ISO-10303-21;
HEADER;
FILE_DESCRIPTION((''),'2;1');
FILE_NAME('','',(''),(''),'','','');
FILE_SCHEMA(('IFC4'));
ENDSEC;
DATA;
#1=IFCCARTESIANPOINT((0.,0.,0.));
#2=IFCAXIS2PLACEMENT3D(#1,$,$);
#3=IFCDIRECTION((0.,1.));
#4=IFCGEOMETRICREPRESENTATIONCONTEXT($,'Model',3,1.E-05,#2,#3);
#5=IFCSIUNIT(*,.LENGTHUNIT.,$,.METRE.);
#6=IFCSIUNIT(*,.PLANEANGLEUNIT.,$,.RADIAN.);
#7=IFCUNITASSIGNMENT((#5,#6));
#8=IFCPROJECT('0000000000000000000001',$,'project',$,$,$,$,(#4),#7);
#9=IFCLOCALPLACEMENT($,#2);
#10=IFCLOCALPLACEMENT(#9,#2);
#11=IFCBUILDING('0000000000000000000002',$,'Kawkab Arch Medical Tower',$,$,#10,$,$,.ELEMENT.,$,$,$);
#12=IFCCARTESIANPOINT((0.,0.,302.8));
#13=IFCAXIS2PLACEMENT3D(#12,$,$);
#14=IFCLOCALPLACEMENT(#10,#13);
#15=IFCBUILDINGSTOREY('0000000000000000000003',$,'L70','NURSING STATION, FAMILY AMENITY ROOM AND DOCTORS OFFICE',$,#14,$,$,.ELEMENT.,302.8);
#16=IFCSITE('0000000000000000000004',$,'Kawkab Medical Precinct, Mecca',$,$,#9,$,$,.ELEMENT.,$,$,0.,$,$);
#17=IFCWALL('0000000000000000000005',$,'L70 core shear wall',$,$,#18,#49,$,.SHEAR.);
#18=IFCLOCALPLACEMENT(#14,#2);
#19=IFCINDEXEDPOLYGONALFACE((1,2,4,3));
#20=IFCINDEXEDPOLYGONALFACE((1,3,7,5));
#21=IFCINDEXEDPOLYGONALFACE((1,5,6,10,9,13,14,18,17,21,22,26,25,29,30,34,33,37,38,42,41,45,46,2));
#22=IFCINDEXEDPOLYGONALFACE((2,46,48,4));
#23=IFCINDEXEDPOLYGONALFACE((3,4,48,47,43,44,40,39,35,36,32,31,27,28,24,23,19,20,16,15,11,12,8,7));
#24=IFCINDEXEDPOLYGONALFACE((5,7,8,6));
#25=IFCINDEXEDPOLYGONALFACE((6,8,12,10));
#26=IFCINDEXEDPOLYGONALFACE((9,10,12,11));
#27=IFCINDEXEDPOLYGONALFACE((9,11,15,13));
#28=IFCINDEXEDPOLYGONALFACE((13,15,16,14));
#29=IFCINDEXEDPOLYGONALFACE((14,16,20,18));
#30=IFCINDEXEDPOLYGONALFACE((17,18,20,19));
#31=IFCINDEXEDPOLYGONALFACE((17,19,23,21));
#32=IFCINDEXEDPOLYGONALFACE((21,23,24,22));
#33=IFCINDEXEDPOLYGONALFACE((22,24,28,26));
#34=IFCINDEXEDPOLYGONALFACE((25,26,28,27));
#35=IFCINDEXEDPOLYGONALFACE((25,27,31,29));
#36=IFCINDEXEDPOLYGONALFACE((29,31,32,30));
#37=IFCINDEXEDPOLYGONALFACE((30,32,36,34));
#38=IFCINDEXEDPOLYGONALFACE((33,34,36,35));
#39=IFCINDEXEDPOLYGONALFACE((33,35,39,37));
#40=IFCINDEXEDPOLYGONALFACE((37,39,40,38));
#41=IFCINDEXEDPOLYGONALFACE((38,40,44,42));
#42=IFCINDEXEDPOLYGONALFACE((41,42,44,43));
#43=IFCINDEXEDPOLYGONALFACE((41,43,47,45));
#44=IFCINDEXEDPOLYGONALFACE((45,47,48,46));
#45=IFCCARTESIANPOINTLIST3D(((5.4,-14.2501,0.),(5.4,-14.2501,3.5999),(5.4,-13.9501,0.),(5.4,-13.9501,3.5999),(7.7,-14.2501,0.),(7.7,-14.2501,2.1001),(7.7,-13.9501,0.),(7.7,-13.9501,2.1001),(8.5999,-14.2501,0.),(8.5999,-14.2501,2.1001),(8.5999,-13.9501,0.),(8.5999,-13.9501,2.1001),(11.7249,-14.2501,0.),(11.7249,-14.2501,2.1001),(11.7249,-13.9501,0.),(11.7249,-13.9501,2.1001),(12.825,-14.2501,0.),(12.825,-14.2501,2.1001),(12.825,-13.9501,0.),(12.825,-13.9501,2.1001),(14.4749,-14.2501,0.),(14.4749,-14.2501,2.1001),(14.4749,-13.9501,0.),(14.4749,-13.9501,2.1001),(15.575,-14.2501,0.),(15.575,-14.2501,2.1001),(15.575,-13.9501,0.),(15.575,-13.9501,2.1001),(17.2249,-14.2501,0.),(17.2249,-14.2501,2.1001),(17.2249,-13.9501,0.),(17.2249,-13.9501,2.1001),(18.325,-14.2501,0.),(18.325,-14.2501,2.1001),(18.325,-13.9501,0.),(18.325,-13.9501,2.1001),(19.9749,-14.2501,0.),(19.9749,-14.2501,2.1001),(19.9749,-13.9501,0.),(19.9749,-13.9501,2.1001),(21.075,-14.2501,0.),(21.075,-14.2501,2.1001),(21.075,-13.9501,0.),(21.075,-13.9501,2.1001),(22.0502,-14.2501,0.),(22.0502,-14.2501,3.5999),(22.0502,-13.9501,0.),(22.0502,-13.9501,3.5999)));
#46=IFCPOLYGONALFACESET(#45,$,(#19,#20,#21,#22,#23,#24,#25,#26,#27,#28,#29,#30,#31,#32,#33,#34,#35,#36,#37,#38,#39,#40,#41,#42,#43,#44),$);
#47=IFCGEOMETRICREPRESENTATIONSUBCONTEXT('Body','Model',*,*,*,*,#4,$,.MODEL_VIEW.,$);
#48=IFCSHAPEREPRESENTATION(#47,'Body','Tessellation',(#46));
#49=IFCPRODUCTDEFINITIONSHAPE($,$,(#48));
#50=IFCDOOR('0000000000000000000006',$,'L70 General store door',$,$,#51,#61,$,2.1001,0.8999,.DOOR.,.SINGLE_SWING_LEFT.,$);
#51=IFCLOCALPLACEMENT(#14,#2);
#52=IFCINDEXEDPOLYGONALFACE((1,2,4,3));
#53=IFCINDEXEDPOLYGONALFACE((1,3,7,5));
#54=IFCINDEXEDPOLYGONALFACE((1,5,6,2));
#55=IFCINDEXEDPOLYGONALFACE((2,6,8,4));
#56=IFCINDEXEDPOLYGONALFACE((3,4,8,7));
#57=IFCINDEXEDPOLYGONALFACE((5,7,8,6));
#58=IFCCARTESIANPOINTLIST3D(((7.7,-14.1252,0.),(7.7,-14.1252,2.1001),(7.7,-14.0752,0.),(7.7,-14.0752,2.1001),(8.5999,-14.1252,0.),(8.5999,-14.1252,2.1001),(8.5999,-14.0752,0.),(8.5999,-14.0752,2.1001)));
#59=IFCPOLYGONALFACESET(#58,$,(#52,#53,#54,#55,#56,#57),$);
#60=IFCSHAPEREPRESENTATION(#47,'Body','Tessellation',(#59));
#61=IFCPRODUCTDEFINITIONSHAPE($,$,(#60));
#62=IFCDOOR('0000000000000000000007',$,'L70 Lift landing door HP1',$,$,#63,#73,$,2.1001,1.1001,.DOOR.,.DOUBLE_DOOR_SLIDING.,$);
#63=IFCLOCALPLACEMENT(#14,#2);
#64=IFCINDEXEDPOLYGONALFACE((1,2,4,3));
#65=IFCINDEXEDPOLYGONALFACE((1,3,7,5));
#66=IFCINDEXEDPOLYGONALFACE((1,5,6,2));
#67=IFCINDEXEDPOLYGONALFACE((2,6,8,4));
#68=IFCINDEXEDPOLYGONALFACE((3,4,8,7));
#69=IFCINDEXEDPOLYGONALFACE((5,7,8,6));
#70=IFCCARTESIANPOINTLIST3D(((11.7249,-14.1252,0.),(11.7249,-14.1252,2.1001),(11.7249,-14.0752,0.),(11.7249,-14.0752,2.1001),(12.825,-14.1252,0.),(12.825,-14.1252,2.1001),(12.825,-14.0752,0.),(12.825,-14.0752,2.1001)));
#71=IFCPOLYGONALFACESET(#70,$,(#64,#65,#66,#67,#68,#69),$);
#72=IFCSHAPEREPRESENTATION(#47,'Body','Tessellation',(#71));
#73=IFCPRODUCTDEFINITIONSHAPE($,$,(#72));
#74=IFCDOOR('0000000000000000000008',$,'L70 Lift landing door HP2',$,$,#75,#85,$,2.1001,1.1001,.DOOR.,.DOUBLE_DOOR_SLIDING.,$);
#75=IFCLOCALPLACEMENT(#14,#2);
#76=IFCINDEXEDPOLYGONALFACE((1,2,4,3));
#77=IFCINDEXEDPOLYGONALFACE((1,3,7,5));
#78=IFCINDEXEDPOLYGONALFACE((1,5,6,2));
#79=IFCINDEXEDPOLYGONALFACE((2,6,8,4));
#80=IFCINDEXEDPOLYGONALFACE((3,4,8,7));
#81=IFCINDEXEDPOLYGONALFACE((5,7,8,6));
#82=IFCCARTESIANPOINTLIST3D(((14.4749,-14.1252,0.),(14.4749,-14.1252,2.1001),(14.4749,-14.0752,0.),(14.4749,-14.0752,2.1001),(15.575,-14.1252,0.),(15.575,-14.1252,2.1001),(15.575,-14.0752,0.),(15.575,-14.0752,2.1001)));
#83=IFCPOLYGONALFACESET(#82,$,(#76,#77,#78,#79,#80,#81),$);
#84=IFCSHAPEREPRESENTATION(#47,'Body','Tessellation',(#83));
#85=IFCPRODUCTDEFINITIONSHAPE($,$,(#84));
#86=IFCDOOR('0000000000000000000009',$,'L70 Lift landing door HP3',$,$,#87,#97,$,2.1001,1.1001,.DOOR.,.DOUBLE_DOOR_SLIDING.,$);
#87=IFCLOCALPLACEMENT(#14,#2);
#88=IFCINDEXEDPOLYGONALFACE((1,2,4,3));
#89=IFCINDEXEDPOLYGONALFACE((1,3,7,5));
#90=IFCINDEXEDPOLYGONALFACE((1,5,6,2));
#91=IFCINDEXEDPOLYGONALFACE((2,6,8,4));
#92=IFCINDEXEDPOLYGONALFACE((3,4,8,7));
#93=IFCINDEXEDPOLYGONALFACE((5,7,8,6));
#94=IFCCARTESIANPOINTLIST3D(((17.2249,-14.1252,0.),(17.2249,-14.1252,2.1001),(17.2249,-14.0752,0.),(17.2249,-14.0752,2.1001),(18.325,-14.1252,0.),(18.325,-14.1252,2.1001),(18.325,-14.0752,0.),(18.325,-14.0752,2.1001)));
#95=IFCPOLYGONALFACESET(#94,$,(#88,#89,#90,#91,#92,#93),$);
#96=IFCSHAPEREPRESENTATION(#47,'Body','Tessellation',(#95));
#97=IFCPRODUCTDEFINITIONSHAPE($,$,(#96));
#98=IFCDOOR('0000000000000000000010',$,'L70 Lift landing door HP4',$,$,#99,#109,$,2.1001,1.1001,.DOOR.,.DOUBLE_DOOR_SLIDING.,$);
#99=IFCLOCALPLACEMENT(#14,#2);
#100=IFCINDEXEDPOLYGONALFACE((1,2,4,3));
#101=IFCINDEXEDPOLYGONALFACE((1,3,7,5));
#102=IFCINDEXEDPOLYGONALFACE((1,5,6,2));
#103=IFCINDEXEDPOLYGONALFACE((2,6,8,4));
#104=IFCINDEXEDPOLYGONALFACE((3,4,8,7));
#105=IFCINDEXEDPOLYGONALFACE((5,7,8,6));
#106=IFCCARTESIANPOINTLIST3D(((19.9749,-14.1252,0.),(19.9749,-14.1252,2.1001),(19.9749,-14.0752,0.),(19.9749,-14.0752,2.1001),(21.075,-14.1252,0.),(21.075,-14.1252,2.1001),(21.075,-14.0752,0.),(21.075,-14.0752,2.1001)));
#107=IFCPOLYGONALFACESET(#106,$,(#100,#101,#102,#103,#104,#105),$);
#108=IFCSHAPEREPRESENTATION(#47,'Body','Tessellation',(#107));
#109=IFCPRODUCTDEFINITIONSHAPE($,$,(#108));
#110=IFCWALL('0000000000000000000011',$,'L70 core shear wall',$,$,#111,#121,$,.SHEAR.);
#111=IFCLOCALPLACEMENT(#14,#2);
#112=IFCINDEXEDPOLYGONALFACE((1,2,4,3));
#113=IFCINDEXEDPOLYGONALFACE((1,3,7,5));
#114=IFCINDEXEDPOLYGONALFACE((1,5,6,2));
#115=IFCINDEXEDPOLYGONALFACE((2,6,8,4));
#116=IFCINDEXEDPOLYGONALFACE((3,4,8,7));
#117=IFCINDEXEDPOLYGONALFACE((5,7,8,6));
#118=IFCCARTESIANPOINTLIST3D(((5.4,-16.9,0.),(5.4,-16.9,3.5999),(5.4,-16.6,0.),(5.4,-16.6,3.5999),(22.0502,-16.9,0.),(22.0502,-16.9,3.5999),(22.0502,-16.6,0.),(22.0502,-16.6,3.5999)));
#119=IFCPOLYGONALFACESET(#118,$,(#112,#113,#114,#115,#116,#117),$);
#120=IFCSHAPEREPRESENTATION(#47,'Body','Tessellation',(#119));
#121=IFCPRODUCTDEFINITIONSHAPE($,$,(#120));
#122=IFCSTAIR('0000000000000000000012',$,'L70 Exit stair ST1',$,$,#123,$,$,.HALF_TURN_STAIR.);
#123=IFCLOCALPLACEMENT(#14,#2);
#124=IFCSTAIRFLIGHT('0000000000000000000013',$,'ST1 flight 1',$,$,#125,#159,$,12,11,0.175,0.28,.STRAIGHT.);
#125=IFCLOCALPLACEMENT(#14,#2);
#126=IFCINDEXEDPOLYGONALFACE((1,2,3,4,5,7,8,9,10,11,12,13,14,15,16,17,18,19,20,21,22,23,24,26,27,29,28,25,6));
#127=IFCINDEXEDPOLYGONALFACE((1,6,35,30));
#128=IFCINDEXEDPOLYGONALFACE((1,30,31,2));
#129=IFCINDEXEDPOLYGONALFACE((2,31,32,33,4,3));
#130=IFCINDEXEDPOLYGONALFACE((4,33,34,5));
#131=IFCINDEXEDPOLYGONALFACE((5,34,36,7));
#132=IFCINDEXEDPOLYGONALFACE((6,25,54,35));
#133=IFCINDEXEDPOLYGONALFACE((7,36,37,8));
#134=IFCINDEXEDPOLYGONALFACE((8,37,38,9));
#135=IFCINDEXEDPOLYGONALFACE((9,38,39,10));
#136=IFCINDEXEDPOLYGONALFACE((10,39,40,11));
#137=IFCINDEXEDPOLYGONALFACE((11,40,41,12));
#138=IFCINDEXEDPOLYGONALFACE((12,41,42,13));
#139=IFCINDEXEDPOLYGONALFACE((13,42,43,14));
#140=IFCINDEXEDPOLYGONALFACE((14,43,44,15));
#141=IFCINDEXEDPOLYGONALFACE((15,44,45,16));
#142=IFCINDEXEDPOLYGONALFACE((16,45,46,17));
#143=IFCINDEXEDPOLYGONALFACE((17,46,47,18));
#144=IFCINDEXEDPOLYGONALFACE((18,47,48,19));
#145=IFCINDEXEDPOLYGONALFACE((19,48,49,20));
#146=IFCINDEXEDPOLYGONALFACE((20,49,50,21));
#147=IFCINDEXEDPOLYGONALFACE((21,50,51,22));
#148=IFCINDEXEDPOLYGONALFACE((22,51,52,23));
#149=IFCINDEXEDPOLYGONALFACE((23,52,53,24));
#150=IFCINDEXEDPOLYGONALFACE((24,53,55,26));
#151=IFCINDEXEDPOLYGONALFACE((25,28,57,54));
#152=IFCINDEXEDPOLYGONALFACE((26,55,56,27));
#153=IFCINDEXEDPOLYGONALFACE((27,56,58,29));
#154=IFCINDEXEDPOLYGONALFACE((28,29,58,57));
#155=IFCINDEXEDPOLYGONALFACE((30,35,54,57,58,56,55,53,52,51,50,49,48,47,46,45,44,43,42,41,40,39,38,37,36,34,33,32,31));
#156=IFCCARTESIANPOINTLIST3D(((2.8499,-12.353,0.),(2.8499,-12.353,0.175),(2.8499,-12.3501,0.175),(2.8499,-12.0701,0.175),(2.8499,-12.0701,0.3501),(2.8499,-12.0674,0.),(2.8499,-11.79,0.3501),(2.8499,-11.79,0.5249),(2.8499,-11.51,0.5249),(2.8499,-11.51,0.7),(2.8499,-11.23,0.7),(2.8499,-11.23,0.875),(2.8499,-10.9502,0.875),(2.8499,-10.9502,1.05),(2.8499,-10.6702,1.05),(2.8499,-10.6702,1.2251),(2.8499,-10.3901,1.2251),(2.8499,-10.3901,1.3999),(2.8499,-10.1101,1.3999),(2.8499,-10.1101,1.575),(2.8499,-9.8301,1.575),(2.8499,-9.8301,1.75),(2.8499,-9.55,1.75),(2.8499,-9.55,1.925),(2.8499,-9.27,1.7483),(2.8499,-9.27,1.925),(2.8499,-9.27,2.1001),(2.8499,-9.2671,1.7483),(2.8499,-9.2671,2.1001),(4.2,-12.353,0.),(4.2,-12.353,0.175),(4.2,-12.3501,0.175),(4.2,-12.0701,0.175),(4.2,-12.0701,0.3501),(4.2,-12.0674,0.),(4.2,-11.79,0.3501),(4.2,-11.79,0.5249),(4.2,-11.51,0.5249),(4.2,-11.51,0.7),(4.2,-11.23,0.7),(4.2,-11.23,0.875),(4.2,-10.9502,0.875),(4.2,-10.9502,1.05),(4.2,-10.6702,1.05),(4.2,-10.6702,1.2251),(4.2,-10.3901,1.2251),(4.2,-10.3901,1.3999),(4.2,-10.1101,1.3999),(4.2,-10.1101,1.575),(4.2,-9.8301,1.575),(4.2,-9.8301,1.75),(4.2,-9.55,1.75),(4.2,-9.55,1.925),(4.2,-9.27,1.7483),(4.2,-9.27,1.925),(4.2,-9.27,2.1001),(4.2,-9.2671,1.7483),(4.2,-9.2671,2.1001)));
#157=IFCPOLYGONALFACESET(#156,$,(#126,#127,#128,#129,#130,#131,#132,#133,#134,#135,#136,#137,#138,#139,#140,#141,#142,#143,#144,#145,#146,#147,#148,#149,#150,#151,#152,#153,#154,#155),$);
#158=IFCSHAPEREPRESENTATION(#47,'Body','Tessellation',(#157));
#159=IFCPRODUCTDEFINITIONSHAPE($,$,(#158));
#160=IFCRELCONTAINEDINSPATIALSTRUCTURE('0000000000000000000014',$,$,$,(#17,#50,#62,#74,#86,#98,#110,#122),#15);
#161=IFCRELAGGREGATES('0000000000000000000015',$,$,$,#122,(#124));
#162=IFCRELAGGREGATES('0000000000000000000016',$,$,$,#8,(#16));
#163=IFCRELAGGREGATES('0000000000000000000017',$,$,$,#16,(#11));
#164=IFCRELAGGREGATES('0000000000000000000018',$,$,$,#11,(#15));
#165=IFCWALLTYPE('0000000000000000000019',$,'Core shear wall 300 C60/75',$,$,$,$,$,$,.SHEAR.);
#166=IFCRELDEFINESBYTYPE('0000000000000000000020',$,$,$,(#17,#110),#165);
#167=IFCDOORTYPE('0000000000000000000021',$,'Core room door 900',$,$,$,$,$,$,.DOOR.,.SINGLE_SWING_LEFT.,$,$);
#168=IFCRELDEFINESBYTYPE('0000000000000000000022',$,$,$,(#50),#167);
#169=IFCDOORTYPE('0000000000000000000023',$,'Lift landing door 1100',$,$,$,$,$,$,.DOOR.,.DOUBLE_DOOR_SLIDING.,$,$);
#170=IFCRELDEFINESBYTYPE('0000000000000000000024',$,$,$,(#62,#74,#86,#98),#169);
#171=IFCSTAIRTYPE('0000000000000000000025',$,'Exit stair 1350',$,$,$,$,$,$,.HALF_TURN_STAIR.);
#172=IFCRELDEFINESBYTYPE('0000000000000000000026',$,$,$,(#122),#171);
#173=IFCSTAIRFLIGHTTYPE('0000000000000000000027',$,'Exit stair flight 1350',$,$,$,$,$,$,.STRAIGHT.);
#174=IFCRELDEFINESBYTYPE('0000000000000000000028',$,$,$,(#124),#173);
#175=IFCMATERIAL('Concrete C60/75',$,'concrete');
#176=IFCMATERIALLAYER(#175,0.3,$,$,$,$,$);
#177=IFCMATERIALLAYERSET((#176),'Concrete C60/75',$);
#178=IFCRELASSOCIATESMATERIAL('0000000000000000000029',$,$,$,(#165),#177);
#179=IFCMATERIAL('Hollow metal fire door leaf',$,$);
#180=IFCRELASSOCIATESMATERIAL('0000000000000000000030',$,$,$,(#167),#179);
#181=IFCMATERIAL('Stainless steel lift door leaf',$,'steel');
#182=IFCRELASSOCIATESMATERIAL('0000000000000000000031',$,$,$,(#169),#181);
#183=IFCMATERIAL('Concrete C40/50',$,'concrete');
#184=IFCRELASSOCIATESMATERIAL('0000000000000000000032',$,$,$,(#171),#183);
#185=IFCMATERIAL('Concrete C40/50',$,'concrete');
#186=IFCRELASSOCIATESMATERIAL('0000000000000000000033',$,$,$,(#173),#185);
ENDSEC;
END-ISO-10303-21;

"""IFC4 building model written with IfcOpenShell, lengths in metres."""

from ifc_helpers import new_model, si_unit, direction, frame, frame_2d, origin, place, context, subcontext, project, spatial, polyline, rectangle, outline, extrude, material, layer, layer_set, type_object, element, fill, aggregate, save


model = new_model("IFC4")

# Units and contexts
model_context = context("Model", 3, precision=1e-05, world=origin(), true_north=direction((0.0, 1.0)))
body_context = subcontext(model_context, "Body", "Model", "MODEL_VIEW")
ifc_project = project(units=[si_unit("LENGTHUNIT", "METRE"), si_unit("PLANEANGLEUNIT", "RADIAN")], contexts=[model_context])

# Site, building, storey
site_placement = place(None, origin())
site = spatial("IfcSite", under=ifc_project, at=site_placement, Name="Kawkab Medical Precinct, Mecca", CompositionType="ELEMENT", RefElevation=0.0)
building_placement = place(site_placement, origin())
building = spatial("IfcBuilding", under=site, at=building_placement, Name="Kawkab Arch Medical Tower", CompositionType="ELEMENT")
storey_placement = place(building_placement, frame((0.0, 0.0, 302.8)))
storey = spatial("IfcBuildingStorey", under=building, at=storey_placement, Name="L70", Description="NURSING STATION, FAMILY AMENITY ROOM AND DOCTORS OFFICE", CompositionType="ELEMENT", Elevation=302.8)

# Shared definitions
ifc_material_1 = material(Name="Concrete C60/75", Category="concrete")
ifc_layer_1 = layer(ifc_material_1, 0.3)
ifc_layer_set_1 = layer_set([ifc_layer_1], Name="Concrete C60/75")
wall_type_1 = type_object("IfcWallType", Name="Core shear wall 300 C60/75", PredefinedType="SHEAR", material=ifc_layer_set_1)

# Wall, openings, doors
ifc_material_2 = material(Name="Hollow metal fire door leaf")
door_type_1 = type_object("IfcDoorType", Name="Core room door 900", OperationType="SINGLE_SWING_LEFT", PredefinedType="DOOR", material=ifc_material_2)
wall_1_placement = place(storey_placement, frame((5.3999, -14.1001, 0.0), z_axis=(0.0, 0.0, 1.0), x_axis=(1.0, 0.0, 0.0)))
wall_1 = element("IfcWall", 1, at=wall_1_placement, inside=storey, type_object=wall_type_1, Name="L70 core shear wall", PredefinedType="SHEAR", context=body_context, shape_type="SweptSolid", body=[
    extrude(rectangle(XDim=16.6501, YDim=0.3, at=frame_2d((8.3252, 0.0))), origin(), (0.0, 0.0, 1.0), 3.5999),
])
opening_1_placement = place(wall_1_placement, frame((6.325, 0.0, 0.0)))
opening_1 = element("IfcOpeningElement", 2, at=opening_1_placement, cuts=wall_1, PredefinedType="OPENING", context=body_context, shape_type="SweptSolid", body=[
    extrude(rectangle(XDim=1.1001, YDim=2.1001, at=frame_2d((0.55, 1.05))), frame((0.0, 0.1599, 0.0), z_axis=(0.0, -1.0, 0.0), x_axis=(1.0, 0.0, 0.0)), (0.0, 0.0, 1.0), 0.3201),
])
opening_2_placement = place(wall_1_placement, frame((9.075, 0.0, 0.0)))
opening_2 = element("IfcOpeningElement", 3, at=opening_2_placement, cuts=wall_1, PredefinedType="OPENING", context=body_context, shape_type="SweptSolid", body=[
    extrude(rectangle(XDim=1.1001, YDim=2.1001, at=frame_2d((0.55, 1.05))), frame((0.0, 0.1599, 0.0), z_axis=(0.0, -1.0, 0.0), x_axis=(1.0, 0.0, 0.0)), (0.0, 0.0, 1.0), 0.3201),
])
opening_3_placement = place(wall_1_placement, frame((11.825, 0.0, 0.0)))
opening_3 = element("IfcOpeningElement", 4, at=opening_3_placement, cuts=wall_1, PredefinedType="OPENING", context=body_context, shape_type="SweptSolid", body=[
    extrude(rectangle(XDim=1.1001, YDim=2.1001, at=frame_2d((0.55, 1.05))), frame((0.0, 0.1599, 0.0), z_axis=(0.0, -1.0, 0.0), x_axis=(1.0, 0.0, 0.0)), (0.0, 0.0, 1.0), 0.3201),
])
opening_4_placement = place(wall_1_placement, frame((14.575, 0.0, 0.0)))
opening_4 = element("IfcOpeningElement", 5, at=opening_4_placement, cuts=wall_1, PredefinedType="OPENING", context=body_context, shape_type="SweptSolid", body=[
    extrude(rectangle(XDim=1.1001, YDim=2.1001, at=frame_2d((0.55, 1.05))), frame((0.0, 0.1599, 0.0), z_axis=(0.0, -1.0, 0.0), x_axis=(1.0, 0.0, 0.0)), (0.0, 0.0, 1.0), 0.3201),
])
opening_5_placement = place(wall_1_placement, frame((2.3, 0.0, 0.0)))
opening_5 = element("IfcOpeningElement", 6, at=opening_5_placement, cuts=wall_1, PredefinedType="OPENING", context=body_context, shape_type="SweptSolid", body=[
    extrude(rectangle(XDim=0.8999, YDim=2.1001, at=frame_2d((0.45, 1.05))), frame((0.0, 0.1599, 0.0), z_axis=(0.0, -1.0, 0.0), x_axis=(1.0, 0.0, 0.0)), (0.0, 0.0, 1.0), 0.3201),
])
door_1_placement = place(opening_5_placement, origin())
door_1 = element("IfcDoor", 7, at=door_1_placement, inside=storey, type_object=door_type_1, Name="L70 General store door", OperationType="SINGLE_SWING_LEFT", OverallHeight=2.1001, OverallWidth=0.8999, PredefinedType="DOOR", context=body_context, shape_type="SweptSolid", body=[
    extrude(rectangle(XDim=0.8999, YDim=2.1001, at=frame_2d((0.45, 1.05))), frame((0.0, 0.0249, 0.0), z_axis=(0.0, -1.0, 0.0), x_axis=(1.0, 0.0, 0.0)), (0.0, 0.0, 1.0), 0.05),
])
fill(opening_5, door_1)
ifc_material_3 = material(Name="Stainless steel lift door leaf", Category="steel")
door_type_2 = type_object("IfcDoorType", Name="Lift landing door 1100", OperationType="DOUBLE_DOOR_SLIDING", PredefinedType="DOOR", material=ifc_material_3)
door_2_placement = place(opening_1_placement, origin())
door_2 = element("IfcDoor", 8, at=door_2_placement, inside=storey, type_object=door_type_2, Name="L70 Lift landing door HP1", OperationType="DOUBLE_DOOR_SLIDING", OverallHeight=2.1001, OverallWidth=1.1001, PredefinedType="DOOR", context=body_context, shape_type="SweptSolid", body=[
    extrude(rectangle(XDim=1.1001, YDim=2.1001, at=frame_2d((0.55, 1.05))), frame((0.0, 0.0249, 0.0), z_axis=(0.0, -1.0, 0.0), x_axis=(1.0, 0.0, 0.0)), (0.0, 0.0, 1.0), 0.05),
])
fill(opening_1, door_2)
door_3_placement = place(opening_2_placement, origin())
door_3 = element("IfcDoor", 9, at=door_3_placement, inside=storey, type_object=door_type_2, Name="L70 Lift landing door HP2", OperationType="DOUBLE_DOOR_SLIDING", OverallHeight=2.1001, OverallWidth=1.1001, PredefinedType="DOOR", context=body_context, shape_type="SweptSolid", body=[
    extrude(rectangle(XDim=1.1001, YDim=2.1001, at=frame_2d((0.55, 1.05))), frame((0.0, 0.0249, 0.0), z_axis=(0.0, -1.0, 0.0), x_axis=(1.0, 0.0, 0.0)), (0.0, 0.0, 1.0), 0.05),
])
fill(opening_2, door_3)
door_4_placement = place(opening_3_placement, origin())
door_4 = element("IfcDoor", 10, at=door_4_placement, inside=storey, type_object=door_type_2, Name="L70 Lift landing door HP3", OperationType="DOUBLE_DOOR_SLIDING", OverallHeight=2.1001, OverallWidth=1.1001, PredefinedType="DOOR", context=body_context, shape_type="SweptSolid", body=[
    extrude(rectangle(XDim=1.1001, YDim=2.1001, at=frame_2d((0.55, 1.05))), frame((0.0, 0.0249, 0.0), z_axis=(0.0, -1.0, 0.0), x_axis=(1.0, 0.0, 0.0)), (0.0, 0.0, 1.0), 0.05),
])
fill(opening_3, door_4)
door_5_placement = place(opening_4_placement, origin())
door_5 = element("IfcDoor", 11, at=door_5_placement, inside=storey, type_object=door_type_2, Name="L70 Lift landing door HP4", OperationType="DOUBLE_DOOR_SLIDING", OverallHeight=2.1001, OverallWidth=1.1001, PredefinedType="DOOR", context=body_context, shape_type="SweptSolid", body=[
    extrude(rectangle(XDim=1.1001, YDim=2.1001, at=frame_2d((0.55, 1.05))), frame((0.0, 0.0249, 0.0), z_axis=(0.0, -1.0, 0.0), x_axis=(1.0, 0.0, 0.0)), (0.0, 0.0, 1.0), 0.05),
])
fill(opening_4, door_5)

# Wall
wall_2_placement = place(storey_placement, frame((5.3999, -16.75, 0.0), z_axis=(0.0, 0.0, 1.0), x_axis=(1.0, 0.0, 0.0)))
element("IfcWall", 12, at=wall_2_placement, inside=storey, type_object=wall_type_1, Name="L70 core shear wall", PredefinedType="SHEAR", context=body_context, shape_type="SweptSolid", body=[
    extrude(rectangle(XDim=16.6501, YDim=0.3, at=frame_2d((8.3252, 0.0))), origin(), (0.0, 0.0, 1.0), 3.5999),
])

# Stair, stair flight
ifc_material_4 = material(Name="Concrete C40/50", Category="concrete")
stair_type = type_object("IfcStairType", Name="Exit stair 1350", PredefinedType="HALF_TURN_STAIR", material=ifc_material_4)
stair_placement = place(storey_placement, origin())
stair = element("IfcStair", 13, at=stair_placement, inside=storey, type_object=stair_type, Name="L70 Exit stair ST1", PredefinedType="HALF_TURN_STAIR")
ifc_material_5 = material(Name="Concrete C40/50", Category="concrete")
stair_flight_type = type_object("IfcStairFlightType", Name="Exit stair flight 1350", PredefinedType="STRAIGHT", material=ifc_material_5)
stair_flight_placement = place(storey_placement, frame((3.5249, -12.3501, 0.0), z_axis=(0.0, 0.0, 1.0), x_axis=(0.0, 1.0, 0.0)))
stair_flight = element("IfcStairFlight", 14, at=stair_flight_placement, type_object=stair_flight_type, Name="ST1 flight 1", NumberOfRisers=12, NumberOfTreads=11, PredefinedType="STRAIGHT", RiserHeight=0.175, TreadLength=0.28, context=body_context, shape_type="SweptSolid", body=[
    extrude(outline(polyline([(-0.0029, 0.0), (-0.0029, 0.175), (0.0, 0.175), (0.28, 0.175), (0.28, 0.3501), (0.5601, 0.3501), (0.5601, 0.5249), (0.8401, 0.5249), (0.8401, 0.7), (1.1201, 0.7), (1.1201, 0.875), (1.3999, 0.875), (1.3999, 1.05), (1.6799, 1.05), (1.6799, 1.2251), (1.96, 1.2251), (1.96, 1.3999), (2.24, 1.3999), (2.24, 1.575), (2.52, 1.575), (2.52, 1.75), (2.8, 1.75), (2.8, 1.925), (3.0801, 1.925), (3.0801, 2.1001), (3.083, 2.1001), (3.083, 1.7483), (3.0801, 1.7483), (0.2827, 0.0), (-0.0029, 0.0)])), frame((0.0, 0.675, 0.0), z_axis=(0.0, -1.0, 0.0), x_axis=(1.0, 0.0, 0.0)), (0.0, 0.0, 1.0), 1.3501),
])
aggregate(stair, [stair_flight])

save(model, "model.ifc")
